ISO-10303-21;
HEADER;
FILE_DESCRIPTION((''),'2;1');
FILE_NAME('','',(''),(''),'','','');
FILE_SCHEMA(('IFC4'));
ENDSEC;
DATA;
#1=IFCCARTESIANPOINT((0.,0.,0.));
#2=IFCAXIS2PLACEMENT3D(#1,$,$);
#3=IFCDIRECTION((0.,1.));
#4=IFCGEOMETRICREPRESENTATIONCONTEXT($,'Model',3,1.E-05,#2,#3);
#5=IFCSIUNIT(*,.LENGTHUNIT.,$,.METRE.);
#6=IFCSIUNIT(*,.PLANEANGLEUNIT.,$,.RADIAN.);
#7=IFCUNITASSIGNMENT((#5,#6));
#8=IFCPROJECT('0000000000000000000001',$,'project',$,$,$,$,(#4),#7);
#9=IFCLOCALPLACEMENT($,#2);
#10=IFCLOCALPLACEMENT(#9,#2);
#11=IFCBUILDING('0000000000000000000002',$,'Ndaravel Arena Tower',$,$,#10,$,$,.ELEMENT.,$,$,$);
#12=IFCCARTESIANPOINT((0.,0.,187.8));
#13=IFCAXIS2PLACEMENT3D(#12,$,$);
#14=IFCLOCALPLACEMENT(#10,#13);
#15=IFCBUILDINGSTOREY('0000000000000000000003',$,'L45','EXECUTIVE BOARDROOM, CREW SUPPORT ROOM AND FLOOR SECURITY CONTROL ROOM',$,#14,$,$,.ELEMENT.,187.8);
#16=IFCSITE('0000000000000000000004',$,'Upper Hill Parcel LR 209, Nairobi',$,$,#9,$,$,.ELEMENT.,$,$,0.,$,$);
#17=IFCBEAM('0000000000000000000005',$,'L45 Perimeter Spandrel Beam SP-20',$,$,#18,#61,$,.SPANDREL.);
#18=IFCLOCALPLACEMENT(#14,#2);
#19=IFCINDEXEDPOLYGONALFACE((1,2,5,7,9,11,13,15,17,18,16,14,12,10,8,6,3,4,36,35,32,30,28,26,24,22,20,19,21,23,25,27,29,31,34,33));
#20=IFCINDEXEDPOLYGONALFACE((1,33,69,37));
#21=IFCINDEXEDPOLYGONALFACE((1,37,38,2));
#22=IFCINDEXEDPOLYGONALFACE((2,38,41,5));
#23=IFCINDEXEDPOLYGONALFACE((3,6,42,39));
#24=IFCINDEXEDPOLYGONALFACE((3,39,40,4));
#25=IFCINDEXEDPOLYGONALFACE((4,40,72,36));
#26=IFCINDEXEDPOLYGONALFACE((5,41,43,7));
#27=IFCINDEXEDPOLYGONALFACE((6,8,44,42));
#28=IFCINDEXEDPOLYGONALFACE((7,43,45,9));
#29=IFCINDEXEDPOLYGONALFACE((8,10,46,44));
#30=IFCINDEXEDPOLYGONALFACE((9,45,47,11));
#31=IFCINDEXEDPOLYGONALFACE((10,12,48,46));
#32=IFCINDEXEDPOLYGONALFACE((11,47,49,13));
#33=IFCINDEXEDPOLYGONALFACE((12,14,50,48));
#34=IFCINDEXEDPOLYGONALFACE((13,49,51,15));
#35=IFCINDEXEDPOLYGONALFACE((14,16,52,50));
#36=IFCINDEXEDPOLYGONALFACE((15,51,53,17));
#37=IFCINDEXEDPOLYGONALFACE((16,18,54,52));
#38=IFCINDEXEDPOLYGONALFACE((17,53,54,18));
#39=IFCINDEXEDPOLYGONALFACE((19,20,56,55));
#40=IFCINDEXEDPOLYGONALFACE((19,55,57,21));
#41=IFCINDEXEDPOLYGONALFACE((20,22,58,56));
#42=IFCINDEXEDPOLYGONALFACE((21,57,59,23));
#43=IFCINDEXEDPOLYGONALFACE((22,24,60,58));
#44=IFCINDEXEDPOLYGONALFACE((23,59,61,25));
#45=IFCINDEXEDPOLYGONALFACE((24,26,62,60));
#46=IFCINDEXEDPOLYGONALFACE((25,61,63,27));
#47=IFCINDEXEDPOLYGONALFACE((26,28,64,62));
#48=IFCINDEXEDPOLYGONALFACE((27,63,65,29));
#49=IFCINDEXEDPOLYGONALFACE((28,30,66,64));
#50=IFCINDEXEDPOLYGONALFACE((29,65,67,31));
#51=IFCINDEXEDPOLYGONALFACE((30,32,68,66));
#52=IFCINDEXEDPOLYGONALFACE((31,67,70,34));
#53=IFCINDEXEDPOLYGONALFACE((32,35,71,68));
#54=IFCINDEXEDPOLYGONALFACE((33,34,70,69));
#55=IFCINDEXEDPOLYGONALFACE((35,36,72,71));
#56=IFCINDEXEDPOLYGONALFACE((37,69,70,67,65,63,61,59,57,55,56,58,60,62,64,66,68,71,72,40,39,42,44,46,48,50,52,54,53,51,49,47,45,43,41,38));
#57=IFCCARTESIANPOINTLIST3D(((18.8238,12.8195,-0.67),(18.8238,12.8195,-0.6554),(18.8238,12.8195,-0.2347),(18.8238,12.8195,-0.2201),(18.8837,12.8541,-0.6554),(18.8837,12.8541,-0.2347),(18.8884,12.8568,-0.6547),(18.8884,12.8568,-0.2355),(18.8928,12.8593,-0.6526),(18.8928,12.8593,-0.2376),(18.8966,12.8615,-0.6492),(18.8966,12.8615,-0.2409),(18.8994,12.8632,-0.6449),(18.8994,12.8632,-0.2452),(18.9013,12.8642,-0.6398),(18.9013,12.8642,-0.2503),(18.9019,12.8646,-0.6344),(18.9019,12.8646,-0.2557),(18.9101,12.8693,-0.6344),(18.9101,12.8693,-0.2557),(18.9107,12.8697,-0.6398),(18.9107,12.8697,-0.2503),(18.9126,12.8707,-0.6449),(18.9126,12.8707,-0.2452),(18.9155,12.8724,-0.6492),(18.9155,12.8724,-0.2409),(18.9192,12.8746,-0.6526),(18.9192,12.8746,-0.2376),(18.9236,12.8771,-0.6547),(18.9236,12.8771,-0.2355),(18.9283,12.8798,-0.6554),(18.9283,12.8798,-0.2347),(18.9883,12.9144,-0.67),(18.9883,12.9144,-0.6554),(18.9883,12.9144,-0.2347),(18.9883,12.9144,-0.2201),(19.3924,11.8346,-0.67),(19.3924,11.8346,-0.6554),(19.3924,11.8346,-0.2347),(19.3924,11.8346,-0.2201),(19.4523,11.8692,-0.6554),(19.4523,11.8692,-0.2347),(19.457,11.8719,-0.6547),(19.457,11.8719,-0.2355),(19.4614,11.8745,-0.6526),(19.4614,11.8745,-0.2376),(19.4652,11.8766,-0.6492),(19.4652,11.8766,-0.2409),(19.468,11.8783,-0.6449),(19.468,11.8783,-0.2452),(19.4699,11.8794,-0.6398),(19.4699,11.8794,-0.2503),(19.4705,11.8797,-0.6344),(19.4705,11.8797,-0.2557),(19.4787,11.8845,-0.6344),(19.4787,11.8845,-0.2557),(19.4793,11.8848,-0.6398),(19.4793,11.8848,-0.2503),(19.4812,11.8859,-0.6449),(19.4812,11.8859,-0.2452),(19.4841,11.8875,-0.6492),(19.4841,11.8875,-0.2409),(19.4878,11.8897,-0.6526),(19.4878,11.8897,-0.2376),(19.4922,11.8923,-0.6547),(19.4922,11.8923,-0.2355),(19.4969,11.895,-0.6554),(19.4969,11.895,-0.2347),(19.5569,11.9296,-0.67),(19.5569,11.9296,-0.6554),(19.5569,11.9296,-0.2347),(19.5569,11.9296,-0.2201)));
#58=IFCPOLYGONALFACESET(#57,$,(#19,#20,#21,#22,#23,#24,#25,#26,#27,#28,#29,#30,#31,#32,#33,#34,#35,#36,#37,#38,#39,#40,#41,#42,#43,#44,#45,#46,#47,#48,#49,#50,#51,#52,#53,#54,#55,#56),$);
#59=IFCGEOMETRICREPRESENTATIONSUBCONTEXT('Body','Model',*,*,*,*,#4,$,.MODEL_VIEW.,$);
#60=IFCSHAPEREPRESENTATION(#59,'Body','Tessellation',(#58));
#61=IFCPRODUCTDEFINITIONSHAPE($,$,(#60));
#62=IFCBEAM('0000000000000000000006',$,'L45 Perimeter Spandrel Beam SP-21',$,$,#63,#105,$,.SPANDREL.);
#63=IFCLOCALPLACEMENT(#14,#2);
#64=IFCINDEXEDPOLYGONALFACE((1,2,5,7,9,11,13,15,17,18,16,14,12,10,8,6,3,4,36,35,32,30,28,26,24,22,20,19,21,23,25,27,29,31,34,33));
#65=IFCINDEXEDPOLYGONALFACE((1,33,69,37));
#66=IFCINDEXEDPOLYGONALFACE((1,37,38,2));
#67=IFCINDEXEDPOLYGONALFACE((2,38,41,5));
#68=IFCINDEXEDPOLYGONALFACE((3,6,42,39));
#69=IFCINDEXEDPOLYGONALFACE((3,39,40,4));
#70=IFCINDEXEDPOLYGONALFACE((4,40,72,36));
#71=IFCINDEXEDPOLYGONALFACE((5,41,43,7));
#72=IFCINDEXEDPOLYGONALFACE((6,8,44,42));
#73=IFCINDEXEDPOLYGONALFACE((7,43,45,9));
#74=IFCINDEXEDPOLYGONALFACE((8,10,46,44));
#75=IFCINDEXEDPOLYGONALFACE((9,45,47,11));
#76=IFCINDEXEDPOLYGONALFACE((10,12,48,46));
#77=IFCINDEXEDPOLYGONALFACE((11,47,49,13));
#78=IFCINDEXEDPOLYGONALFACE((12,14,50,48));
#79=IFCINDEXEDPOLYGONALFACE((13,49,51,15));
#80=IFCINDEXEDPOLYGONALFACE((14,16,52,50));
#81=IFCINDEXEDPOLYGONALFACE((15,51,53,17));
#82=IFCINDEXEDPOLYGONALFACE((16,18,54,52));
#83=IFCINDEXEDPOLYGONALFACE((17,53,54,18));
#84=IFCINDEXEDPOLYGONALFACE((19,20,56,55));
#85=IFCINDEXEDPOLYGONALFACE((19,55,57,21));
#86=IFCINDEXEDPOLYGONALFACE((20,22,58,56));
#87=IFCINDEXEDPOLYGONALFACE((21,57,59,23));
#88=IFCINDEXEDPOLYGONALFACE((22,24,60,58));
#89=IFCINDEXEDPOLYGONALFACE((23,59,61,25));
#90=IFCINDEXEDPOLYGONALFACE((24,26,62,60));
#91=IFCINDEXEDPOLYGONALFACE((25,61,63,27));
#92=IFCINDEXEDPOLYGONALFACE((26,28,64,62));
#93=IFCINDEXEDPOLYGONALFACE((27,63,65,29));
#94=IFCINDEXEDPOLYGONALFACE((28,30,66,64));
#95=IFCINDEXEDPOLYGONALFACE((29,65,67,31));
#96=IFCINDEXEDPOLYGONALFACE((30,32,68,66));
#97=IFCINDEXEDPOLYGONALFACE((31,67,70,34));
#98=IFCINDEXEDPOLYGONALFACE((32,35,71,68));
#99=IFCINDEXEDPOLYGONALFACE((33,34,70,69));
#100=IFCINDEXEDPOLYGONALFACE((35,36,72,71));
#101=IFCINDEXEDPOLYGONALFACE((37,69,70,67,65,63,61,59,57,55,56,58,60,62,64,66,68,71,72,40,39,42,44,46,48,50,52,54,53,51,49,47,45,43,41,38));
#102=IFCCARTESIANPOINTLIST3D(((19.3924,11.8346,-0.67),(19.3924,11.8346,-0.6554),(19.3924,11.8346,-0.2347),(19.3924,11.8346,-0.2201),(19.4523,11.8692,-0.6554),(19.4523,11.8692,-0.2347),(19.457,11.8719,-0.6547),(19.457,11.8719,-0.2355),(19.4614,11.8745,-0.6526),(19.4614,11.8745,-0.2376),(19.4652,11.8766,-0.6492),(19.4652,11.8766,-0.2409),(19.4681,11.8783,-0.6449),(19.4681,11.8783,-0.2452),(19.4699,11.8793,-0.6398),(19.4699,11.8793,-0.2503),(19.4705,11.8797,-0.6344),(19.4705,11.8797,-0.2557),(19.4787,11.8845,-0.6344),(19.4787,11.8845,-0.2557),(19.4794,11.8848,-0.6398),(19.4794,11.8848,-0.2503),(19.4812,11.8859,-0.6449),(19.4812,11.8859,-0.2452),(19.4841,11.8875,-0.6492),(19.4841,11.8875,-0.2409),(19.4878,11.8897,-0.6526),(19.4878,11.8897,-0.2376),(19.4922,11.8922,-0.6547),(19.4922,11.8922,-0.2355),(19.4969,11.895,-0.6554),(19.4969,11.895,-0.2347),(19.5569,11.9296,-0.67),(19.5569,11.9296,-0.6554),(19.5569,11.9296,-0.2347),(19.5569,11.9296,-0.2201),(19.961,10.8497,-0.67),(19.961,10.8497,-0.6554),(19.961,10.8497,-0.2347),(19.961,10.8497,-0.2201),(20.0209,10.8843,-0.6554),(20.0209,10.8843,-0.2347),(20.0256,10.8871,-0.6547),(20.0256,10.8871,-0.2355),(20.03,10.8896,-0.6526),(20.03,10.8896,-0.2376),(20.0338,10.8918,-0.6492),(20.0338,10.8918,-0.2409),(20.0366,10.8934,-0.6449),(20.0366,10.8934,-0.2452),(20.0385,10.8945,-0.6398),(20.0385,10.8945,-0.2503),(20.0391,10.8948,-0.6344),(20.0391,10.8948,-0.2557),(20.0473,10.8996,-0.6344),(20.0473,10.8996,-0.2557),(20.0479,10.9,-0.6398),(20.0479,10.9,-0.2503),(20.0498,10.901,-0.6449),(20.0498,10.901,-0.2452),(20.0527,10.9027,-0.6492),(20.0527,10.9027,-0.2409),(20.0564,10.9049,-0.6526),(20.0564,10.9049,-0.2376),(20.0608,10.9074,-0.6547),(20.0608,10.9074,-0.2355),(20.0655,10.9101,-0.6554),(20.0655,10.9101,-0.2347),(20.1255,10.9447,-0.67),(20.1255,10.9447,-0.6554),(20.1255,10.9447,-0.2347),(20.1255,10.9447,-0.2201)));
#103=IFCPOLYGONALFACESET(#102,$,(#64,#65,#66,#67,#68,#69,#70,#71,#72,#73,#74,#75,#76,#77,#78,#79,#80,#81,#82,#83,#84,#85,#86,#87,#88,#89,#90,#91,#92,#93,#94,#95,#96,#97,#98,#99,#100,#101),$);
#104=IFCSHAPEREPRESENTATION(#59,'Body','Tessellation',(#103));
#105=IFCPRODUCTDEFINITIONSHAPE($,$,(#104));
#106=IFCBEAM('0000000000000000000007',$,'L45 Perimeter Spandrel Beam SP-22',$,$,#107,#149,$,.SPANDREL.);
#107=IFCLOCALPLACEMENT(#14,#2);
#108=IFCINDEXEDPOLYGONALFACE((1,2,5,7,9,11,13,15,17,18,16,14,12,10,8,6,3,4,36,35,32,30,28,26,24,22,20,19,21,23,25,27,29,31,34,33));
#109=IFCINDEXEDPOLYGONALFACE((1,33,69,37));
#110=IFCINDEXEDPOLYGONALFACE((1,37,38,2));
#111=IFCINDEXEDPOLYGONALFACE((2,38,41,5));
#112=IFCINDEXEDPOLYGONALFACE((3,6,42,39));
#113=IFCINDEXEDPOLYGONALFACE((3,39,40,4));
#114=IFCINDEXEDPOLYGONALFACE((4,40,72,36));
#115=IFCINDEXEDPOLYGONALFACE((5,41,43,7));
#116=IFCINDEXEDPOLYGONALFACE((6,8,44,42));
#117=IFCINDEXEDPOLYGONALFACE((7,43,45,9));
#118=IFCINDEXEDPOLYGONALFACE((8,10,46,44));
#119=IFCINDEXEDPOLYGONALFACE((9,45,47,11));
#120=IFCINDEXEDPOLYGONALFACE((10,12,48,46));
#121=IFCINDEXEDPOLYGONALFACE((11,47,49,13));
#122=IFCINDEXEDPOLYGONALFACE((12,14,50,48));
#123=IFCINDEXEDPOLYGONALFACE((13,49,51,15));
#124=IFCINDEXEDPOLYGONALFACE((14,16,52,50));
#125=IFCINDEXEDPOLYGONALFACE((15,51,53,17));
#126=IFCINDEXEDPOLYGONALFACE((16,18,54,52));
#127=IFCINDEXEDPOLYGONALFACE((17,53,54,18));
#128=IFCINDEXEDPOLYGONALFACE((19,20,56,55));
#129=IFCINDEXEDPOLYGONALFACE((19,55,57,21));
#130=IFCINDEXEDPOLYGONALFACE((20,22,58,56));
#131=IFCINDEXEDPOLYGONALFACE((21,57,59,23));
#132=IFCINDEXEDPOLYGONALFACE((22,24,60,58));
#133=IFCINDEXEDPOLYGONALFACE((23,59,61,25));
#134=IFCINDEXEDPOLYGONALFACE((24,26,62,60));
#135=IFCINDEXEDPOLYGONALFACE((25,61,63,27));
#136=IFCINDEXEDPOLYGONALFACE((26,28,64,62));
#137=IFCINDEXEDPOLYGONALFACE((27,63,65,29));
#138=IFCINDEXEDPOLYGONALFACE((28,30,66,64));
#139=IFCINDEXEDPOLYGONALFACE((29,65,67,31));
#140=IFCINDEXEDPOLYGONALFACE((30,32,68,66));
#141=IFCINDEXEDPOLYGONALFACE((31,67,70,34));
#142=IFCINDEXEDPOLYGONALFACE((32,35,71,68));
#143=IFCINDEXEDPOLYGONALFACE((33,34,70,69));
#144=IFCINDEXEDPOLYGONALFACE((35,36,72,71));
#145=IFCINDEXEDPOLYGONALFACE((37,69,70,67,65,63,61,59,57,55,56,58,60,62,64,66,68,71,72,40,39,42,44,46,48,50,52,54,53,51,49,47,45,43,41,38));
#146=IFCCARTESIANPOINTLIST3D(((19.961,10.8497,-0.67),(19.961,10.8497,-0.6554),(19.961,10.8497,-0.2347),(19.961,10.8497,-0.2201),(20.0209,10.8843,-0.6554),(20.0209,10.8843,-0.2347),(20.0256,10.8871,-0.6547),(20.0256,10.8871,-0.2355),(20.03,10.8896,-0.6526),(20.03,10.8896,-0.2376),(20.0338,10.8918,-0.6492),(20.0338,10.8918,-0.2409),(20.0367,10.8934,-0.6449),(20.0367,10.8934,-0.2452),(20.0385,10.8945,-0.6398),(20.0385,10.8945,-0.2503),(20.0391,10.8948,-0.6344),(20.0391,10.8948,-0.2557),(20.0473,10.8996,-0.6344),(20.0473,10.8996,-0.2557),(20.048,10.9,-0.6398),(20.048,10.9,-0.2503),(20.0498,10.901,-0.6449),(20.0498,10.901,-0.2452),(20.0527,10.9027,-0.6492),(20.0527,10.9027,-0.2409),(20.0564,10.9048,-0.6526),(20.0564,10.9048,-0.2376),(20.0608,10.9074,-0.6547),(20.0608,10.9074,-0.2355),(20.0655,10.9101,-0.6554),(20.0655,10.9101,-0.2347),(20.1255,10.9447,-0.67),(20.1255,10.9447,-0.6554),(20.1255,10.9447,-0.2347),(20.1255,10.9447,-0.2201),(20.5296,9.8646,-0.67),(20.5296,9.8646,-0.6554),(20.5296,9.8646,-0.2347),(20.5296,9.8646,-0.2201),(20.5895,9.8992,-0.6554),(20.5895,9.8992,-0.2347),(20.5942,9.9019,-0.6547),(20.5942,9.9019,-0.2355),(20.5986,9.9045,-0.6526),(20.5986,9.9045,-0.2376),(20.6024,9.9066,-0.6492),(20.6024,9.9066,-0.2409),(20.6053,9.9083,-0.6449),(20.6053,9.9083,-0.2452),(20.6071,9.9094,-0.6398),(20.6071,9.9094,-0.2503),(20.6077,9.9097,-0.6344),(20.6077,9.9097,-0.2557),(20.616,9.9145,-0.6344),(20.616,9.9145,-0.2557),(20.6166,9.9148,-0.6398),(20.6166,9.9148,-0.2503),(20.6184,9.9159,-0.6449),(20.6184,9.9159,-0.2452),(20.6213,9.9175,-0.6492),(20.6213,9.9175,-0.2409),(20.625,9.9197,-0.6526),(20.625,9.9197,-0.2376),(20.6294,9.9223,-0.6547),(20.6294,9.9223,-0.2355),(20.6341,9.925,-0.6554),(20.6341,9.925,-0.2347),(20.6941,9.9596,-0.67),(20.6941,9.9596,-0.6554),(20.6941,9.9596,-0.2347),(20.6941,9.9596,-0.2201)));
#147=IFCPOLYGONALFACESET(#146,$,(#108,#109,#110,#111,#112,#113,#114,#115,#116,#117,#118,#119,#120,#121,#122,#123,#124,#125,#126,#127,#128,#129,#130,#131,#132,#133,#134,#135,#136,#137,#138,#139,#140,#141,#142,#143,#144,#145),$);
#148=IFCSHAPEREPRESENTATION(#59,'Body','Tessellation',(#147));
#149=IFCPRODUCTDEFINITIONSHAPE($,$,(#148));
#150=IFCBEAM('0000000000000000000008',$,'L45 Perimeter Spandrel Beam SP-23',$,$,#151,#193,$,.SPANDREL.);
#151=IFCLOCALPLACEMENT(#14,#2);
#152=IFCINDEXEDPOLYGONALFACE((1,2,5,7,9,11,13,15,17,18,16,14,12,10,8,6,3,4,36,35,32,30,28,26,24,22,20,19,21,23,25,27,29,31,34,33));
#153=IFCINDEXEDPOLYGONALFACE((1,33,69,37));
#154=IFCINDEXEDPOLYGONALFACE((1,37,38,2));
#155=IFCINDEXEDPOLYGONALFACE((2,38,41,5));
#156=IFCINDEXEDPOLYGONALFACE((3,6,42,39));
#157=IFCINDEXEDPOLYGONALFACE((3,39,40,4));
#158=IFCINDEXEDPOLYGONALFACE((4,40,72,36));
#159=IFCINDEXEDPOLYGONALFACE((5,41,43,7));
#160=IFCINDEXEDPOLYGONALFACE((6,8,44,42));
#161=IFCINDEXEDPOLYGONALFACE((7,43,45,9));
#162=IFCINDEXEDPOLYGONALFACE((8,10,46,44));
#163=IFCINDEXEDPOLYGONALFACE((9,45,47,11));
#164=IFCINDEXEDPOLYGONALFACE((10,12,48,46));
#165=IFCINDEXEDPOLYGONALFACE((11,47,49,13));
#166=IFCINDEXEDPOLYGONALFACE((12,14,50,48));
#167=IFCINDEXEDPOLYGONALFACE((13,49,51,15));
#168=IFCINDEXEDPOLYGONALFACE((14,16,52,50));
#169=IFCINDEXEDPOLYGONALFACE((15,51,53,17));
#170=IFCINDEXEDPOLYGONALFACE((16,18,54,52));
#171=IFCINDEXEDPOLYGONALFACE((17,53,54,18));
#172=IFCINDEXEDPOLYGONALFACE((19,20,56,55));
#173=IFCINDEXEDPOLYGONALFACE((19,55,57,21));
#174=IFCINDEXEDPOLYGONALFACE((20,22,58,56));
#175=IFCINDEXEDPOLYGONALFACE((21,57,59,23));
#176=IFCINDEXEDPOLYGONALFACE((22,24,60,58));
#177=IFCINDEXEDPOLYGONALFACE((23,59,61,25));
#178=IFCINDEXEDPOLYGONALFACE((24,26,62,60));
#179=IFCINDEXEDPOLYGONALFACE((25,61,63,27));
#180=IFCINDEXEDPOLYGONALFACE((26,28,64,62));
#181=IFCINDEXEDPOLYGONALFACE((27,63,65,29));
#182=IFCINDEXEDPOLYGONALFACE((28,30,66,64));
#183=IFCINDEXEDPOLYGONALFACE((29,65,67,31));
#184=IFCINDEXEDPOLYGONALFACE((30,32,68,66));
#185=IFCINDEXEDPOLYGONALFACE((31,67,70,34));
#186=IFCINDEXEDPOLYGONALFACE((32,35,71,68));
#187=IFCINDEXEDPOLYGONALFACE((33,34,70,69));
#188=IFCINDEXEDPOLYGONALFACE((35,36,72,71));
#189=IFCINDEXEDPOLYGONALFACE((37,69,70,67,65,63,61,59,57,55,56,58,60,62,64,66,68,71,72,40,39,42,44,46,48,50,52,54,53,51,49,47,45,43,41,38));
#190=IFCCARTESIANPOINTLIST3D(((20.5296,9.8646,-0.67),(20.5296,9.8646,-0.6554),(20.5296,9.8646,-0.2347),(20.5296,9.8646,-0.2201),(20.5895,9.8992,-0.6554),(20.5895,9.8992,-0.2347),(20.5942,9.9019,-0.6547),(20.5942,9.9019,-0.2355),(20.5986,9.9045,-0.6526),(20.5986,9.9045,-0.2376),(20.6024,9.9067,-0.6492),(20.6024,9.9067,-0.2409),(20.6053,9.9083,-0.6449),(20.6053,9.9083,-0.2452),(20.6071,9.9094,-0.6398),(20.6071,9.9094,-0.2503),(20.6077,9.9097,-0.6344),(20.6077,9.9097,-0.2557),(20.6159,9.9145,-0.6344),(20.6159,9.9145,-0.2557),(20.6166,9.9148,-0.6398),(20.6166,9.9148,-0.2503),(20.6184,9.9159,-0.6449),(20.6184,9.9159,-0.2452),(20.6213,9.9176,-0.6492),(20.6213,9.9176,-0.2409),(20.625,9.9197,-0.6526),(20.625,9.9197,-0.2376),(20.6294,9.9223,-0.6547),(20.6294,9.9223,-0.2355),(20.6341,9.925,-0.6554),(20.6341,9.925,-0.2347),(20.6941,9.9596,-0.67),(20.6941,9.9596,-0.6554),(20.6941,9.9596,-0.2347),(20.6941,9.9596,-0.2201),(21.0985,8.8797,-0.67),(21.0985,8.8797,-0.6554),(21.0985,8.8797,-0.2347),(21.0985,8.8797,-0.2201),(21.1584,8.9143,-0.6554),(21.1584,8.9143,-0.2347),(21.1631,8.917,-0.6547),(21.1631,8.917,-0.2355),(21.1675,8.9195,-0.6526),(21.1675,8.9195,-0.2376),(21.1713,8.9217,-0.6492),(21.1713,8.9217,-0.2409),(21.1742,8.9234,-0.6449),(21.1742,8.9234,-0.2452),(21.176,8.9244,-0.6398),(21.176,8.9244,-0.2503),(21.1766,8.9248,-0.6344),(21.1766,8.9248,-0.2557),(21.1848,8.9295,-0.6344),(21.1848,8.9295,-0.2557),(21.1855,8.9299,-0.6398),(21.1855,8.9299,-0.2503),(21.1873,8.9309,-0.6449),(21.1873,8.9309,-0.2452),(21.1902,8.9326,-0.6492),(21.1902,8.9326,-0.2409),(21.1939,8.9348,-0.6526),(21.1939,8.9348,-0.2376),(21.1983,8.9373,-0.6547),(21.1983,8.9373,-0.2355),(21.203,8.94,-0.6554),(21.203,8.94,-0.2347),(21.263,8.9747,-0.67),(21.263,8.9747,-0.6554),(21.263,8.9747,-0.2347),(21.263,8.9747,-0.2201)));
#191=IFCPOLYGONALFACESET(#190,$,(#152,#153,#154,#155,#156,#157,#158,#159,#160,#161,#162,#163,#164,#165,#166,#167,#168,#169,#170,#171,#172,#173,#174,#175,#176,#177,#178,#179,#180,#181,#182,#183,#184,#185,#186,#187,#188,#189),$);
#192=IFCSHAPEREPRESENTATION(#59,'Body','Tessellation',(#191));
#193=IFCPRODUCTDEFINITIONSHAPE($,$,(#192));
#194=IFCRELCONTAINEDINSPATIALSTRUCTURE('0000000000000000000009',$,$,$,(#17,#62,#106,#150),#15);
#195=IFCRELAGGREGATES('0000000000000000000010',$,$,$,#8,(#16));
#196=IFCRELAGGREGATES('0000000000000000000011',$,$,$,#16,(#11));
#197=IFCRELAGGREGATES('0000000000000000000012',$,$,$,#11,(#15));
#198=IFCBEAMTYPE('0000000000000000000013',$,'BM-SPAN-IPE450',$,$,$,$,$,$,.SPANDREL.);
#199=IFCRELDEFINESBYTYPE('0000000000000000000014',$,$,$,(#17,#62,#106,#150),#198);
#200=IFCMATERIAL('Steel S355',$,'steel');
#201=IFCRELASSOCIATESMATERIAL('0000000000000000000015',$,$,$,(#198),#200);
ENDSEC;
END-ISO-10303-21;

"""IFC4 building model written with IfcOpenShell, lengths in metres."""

from ifc_helpers import new_model, si_unit, direction, frame, origin, origin_2d, place, context, subcontext, project, spatial, i_section, extrude, material, material_profile, profile_set, type_object, element, save


model = new_model("IFC4")

# Units and contexts
model_context = context("Model", 3, precision=1e-05, world=origin(), true_north=direction((0.0, 1.0)))
body_context = subcontext(model_context, "Body", "Model", "MODEL_VIEW")
ifc_project = project(units=[si_unit("LENGTHUNIT", "METRE"), si_unit("PLANEANGLEUNIT", "RADIAN")], contexts=[model_context])

# Site, building, storey
site_placement = place(None, origin())
site = spatial("IfcSite", under=ifc_project, at=site_placement, Name="Upper Hill Parcel LR 209, Nairobi", CompositionType="ELEMENT", RefElevation=0.0)
building_placement = place(site_placement, origin())
building = spatial("IfcBuilding", under=site, at=building_placement, Name="Ndaravel Arena Tower", CompositionType="ELEMENT")
storey_placement = place(building_placement, frame((0.0, 0.0, 187.8)))
storey = spatial("IfcBuildingStorey", under=building, at=storey_placement, Name="L45", Description="EXECUTIVE BOARDROOM, CREW SUPPORT ROOM AND FLOOR SECURITY CONTROL ROOM", CompositionType="ELEMENT", Elevation=187.8)

# Beams
ifc_material_1 = material(Name="Steel S355", Category="steel")
ifc_material_profile_1 = material_profile(ifc_material_1, i_section(OverallWidth=0.1899, OverallDepth=0.45, WebThickness=0.0095, FlangeThickness=0.0146, FilletRadius=0.021, at=origin_2d()), Name="IPE 450")
ifc_profile_set_1 = profile_set([ifc_material_profile_1], Name="Steel S355")
beam_type = type_object("IfcBeamType", Name="BM-SPAN-IPE450", PredefinedType="SPANDREL", material=ifc_profile_set_1)
for number, where, z_axis, x_axis, name in (
    (1, (18.906, 12.8669, -0.4451), (0.499995, -0.866028, 0.0), (0.866028, 0.499995, 0.0), "L45 Perimeter Spandrel Beam SP-20"),
    (2, (19.4746, 11.8821, -0.4451), (0.499995, -0.866028, 0.0), (0.866028, 0.499995, 0.0), "L45 Perimeter Spandrel Beam SP-21"),
):
    element("IfcBeam", number, at=place(storey_placement, frame(where, z_axis=z_axis, x_axis=x_axis)), inside=storey, type_object=beam_type, Name=name, PredefinedType="SPANDREL", context=body_context, shape_type="SweptSolid", body=[
        extrude(i_section(OverallWidth=0.1899, OverallDepth=0.45, WebThickness=0.0095, FlangeThickness=0.0146, FilletRadius=0.021, at=origin_2d()), origin(), (0.0, 0.0, 1.0), 1.1372),
    ])
for number, where, z_axis, x_axis, name in (
    (3, (20.0432, 10.8972, -0.4451), (0.499902, -0.866082, 0.0), (0.866082, 0.499902, 0.0), "L45 Perimeter Spandrel Beam SP-22"),
    (4, (20.6118, 9.9121, -0.4451), (0.500156, -0.865935, 0.0), (0.865935, 0.500156, 0.0), "L45 Perimeter Spandrel Beam SP-23"),
):
    element("IfcBeam", number, at=place(storey_placement, frame(where, z_axis=z_axis, x_axis=x_axis)), inside=storey, type_object=beam_type, Name=name, PredefinedType="SPANDREL", context=body_context, shape_type="SweptSolid", body=[
        extrude(i_section(OverallWidth=0.1899, OverallDepth=0.45, WebThickness=0.0095, FlangeThickness=0.0146, FilletRadius=0.021, at=origin_2d()), origin(), (0.0, 0.0, 1.0), 1.1375),
    ])

save(model, "model.ifc")
